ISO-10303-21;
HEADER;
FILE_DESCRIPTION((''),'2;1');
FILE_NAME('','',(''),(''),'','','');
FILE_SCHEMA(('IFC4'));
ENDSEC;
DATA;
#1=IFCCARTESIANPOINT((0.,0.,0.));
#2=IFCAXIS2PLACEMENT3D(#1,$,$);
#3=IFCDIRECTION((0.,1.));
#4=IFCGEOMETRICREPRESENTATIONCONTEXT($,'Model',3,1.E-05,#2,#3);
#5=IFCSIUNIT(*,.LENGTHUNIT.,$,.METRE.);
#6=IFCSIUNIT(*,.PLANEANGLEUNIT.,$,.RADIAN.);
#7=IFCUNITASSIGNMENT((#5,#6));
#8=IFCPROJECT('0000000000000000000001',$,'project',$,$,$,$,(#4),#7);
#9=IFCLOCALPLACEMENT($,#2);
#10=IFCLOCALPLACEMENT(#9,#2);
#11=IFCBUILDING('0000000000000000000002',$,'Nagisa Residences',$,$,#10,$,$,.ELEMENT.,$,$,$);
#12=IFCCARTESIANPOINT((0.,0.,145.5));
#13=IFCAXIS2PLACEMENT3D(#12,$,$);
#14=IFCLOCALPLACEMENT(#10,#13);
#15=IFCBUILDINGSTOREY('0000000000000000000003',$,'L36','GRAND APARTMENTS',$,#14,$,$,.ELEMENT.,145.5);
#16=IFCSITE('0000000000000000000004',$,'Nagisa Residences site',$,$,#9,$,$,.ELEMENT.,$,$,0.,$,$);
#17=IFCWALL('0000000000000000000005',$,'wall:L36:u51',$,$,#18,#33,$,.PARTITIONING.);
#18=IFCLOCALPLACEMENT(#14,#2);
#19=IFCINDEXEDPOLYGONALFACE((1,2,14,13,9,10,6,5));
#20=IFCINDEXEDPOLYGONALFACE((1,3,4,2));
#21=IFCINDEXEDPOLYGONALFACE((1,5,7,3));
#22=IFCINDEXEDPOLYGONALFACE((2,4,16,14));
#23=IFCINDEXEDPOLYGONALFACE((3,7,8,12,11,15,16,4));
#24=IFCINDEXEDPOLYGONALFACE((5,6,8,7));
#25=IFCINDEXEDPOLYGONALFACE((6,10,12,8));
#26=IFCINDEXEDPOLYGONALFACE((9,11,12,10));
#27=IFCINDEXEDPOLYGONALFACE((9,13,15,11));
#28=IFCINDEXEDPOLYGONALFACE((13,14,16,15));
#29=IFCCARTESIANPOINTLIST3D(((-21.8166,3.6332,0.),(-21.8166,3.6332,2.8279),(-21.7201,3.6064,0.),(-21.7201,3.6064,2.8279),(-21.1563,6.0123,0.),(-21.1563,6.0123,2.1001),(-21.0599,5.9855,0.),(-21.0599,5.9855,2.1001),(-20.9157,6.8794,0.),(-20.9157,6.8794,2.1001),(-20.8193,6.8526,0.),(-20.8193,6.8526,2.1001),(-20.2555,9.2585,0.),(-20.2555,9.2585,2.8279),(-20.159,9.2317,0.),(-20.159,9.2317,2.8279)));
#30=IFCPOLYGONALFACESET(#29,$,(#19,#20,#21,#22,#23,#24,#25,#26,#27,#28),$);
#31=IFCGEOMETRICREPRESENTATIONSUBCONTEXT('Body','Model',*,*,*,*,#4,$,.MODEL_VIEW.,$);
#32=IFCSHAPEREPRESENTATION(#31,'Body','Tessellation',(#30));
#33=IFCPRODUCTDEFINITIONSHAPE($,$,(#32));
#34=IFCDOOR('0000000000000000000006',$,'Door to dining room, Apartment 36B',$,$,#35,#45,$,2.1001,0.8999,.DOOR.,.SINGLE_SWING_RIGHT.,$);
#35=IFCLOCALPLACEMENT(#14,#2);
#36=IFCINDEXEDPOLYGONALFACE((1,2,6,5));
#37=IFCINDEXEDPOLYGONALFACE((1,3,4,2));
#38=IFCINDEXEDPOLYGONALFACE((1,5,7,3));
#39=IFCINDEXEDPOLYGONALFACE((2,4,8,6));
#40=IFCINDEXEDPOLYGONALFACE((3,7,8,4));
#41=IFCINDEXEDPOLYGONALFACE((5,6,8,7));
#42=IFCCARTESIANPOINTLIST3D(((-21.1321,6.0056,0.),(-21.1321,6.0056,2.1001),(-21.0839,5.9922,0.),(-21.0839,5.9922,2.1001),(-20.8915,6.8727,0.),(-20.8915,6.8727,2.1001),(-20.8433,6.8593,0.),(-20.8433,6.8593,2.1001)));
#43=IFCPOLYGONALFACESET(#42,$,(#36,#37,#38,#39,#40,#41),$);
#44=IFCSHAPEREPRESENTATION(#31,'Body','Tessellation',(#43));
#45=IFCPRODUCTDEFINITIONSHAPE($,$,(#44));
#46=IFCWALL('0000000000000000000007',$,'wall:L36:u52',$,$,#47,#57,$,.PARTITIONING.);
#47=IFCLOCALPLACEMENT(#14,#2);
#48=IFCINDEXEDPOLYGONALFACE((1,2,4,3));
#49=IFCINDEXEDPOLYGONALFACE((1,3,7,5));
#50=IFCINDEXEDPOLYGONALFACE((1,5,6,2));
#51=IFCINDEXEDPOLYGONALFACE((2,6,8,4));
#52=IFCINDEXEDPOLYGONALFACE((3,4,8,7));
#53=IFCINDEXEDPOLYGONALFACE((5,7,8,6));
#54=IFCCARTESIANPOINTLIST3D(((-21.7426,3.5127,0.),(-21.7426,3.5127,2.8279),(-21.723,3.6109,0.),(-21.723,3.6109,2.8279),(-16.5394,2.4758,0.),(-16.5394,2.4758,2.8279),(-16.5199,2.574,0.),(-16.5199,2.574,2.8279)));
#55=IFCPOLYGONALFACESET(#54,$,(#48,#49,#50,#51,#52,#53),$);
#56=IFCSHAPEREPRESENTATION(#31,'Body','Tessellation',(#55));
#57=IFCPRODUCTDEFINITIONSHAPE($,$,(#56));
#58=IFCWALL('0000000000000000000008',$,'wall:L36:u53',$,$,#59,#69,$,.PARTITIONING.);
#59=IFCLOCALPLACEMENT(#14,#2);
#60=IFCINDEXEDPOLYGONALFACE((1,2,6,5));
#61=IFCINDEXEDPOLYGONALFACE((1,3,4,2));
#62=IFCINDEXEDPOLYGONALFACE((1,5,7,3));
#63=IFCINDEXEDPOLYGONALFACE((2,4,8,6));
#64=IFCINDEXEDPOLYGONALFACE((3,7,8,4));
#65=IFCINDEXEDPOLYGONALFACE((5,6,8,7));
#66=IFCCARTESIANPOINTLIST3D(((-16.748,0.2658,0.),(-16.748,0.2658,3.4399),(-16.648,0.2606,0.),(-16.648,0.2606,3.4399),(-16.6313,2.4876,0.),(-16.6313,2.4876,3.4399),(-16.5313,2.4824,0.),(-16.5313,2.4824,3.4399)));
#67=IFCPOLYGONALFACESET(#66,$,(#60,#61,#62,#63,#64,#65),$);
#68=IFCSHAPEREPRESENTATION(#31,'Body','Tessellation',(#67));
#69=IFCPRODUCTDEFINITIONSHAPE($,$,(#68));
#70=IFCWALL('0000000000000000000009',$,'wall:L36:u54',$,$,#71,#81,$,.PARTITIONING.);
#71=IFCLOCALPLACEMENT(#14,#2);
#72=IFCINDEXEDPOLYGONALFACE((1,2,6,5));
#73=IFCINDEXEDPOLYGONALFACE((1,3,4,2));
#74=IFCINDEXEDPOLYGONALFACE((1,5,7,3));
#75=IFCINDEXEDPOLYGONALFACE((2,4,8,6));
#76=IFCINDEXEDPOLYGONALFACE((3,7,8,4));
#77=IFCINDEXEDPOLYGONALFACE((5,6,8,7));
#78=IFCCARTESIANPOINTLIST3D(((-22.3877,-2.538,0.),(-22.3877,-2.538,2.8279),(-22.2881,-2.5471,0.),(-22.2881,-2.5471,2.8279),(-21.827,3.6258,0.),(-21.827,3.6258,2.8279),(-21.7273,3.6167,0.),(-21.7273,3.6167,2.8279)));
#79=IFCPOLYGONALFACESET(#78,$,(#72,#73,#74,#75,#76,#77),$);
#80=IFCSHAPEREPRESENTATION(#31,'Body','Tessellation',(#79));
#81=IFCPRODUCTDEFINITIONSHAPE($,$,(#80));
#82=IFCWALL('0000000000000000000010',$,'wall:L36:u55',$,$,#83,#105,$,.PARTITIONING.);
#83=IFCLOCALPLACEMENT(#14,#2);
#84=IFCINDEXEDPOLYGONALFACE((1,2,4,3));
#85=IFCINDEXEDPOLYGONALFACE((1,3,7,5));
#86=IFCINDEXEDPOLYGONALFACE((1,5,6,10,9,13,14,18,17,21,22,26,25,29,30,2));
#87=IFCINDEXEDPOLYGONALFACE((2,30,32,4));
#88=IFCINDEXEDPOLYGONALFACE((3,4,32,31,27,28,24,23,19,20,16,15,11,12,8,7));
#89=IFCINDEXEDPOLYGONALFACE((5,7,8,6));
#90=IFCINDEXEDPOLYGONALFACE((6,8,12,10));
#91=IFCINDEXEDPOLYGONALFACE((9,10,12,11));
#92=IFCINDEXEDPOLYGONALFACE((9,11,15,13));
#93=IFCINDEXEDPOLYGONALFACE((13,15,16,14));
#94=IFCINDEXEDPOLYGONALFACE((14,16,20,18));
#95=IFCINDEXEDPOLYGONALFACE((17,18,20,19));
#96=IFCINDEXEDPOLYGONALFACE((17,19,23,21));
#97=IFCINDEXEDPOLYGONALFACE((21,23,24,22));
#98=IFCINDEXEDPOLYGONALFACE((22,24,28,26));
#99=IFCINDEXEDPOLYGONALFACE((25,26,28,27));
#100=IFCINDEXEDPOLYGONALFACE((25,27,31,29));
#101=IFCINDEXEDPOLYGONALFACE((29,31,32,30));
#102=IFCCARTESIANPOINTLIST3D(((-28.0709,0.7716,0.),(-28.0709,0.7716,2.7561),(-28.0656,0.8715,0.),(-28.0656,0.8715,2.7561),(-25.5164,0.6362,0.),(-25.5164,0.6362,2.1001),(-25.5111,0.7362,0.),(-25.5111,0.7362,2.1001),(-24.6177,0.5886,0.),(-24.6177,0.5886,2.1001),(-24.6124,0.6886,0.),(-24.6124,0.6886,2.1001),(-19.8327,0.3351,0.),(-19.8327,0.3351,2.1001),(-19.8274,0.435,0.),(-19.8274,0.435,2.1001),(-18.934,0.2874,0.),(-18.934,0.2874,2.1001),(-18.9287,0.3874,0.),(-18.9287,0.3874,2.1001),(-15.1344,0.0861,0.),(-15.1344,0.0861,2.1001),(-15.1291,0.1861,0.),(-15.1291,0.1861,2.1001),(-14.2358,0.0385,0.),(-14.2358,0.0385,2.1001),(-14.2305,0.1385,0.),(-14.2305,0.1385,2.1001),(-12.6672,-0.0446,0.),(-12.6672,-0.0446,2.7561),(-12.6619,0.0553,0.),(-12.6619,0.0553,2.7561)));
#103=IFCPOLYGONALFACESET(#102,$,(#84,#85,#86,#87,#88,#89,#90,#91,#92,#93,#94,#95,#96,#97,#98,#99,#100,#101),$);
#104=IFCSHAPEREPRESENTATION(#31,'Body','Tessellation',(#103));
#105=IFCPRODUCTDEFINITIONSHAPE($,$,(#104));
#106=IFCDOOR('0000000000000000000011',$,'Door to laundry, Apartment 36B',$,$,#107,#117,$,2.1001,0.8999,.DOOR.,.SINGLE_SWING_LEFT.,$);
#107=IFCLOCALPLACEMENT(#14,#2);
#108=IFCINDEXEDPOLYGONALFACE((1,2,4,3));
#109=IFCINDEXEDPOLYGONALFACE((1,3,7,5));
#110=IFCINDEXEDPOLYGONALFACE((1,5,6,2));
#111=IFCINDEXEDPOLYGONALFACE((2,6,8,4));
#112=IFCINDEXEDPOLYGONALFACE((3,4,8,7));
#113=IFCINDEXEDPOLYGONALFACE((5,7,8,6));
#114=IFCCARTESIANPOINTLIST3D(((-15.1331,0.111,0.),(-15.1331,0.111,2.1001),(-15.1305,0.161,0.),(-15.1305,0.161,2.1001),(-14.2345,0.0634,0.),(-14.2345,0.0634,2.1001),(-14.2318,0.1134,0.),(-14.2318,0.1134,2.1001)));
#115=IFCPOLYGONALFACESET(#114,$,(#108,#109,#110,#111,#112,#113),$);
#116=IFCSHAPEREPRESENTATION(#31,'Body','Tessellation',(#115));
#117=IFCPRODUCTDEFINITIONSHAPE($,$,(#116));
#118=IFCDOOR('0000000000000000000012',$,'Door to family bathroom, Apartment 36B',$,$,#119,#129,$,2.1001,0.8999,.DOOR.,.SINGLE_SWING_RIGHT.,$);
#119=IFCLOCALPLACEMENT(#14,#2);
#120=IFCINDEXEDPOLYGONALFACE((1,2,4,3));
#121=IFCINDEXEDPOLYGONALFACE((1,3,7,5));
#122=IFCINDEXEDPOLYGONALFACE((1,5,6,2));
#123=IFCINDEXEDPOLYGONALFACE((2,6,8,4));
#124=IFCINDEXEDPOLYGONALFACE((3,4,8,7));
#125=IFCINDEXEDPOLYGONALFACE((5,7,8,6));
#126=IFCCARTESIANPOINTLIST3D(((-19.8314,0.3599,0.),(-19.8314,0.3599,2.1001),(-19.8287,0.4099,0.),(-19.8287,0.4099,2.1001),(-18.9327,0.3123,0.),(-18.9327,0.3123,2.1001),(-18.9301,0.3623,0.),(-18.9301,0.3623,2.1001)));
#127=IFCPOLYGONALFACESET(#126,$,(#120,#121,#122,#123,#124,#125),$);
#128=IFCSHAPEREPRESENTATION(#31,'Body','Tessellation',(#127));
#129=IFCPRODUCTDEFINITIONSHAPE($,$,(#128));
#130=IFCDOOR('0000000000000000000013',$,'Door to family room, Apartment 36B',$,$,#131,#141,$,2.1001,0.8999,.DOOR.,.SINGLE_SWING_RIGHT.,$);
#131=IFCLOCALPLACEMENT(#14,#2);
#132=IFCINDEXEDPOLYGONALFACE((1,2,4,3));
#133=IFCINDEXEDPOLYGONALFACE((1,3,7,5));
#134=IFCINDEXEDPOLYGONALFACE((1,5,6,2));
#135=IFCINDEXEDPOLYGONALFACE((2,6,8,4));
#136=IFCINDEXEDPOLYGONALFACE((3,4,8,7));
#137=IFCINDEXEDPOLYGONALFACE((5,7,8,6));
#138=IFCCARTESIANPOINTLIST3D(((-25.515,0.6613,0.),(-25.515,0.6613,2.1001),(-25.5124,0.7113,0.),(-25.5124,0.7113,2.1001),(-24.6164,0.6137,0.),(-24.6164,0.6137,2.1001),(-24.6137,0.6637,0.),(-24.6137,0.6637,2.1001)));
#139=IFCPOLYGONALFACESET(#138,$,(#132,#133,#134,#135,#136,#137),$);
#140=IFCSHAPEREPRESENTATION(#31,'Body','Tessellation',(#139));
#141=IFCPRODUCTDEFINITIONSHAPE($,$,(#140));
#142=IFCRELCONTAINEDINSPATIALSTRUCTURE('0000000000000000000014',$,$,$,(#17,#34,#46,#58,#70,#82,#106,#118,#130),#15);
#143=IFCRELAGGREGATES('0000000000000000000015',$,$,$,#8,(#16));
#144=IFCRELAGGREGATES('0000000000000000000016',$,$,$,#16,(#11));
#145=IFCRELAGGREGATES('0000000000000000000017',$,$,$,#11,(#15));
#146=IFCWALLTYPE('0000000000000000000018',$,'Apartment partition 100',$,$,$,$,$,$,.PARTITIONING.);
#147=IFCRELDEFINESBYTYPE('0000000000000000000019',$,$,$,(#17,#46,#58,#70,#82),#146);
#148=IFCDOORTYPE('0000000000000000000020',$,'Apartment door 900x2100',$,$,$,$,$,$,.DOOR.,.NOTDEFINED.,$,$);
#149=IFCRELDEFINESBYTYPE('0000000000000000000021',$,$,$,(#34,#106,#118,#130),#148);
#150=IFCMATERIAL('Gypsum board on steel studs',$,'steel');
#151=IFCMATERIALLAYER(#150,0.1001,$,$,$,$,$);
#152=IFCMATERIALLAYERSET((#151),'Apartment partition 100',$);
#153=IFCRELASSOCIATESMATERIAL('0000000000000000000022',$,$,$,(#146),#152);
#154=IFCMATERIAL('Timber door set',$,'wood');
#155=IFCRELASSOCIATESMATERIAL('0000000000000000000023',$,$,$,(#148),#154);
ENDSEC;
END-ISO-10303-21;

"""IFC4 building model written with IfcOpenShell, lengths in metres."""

from ifc_helpers import new_model, si_unit, direction, frame, frame_2d, origin, place, context, subcontext, project, spatial, rectangle, extrude, material, layer, layer_set, type_object, element, fill, save


model = new_model("IFC4")

# Units and contexts
model_context = context("Model", 3, precision=1e-05, world=origin(), true_north=direction((0.0, 1.0)))
body_context = subcontext(model_context, "Body", "Model", "MODEL_VIEW")
ifc_project = project(units=[si_unit("LENGTHUNIT", "METRE"), si_unit("PLANEANGLEUNIT", "RADIAN")], contexts=[model_context])

# Site, building, storey
site_placement = place(None, origin())
site = spatial("IfcSite", under=ifc_project, at=site_placement, Name="Nagisa Residences site", CompositionType="ELEMENT", RefElevation=0.0)
building_placement = place(site_placement, origin())
building = spatial("IfcBuilding", under=site, at=building_placement, Name="Nagisa Residences", CompositionType="ELEMENT")
storey_placement = place(building_placement, frame((0.0, 0.0, 145.5)))
storey = spatial("IfcBuildingStorey", under=building, at=storey_placement, Name="L36", Description="GRAND APARTMENTS", CompositionType="ELEMENT", Elevation=145.5)

# Shared definitions
ifc_material_1 = material(Name="Gypsum board on steel studs", Category="steel")
ifc_layer_1 = layer(ifc_material_1, 0.1001)
ifc_layer_set_1 = layer_set([ifc_layer_1], Name="Apartment partition 100")
wall_type_1 = type_object("IfcWallType", Name="Apartment partition 100", PredefinedType="PARTITIONING", material=ifc_layer_set_1)
ifc_material_2 = material(Name="Timber door set", Category="wood")
door_type_1 = type_object("IfcDoorType", Name="Apartment door 900x2100", OperationType="NOTDEFINED", PredefinedType="DOOR", material=ifc_material_2)

# Wall, opening, door
wall_1_placement = place(storey_placement, frame((-20.2073, 9.2451, 0.0), z_axis=(0.0, 0.0, 1.0), x_axis=(-0.2674, -0.963586, 0.0)))
wall_1 = element("IfcWall", 1, at=wall_1_placement, inside=storey, type_object=wall_type_1, Name="wall:L36:u51", PredefinedType="PARTITIONING", context=body_context, shape_type="SweptSolid", body=[
    extrude(rectangle(XDim=5.8379, YDim=0.1001, at=frame_2d((2.9189, 0.0))), origin(), (0.0, 0.0, 1.0), 2.8279),
])
opening_1_placement = place(wall_1_placement, frame((2.469, 0.0, 0.0)))
opening_1 = element("IfcOpeningElement", 2, at=opening_1_placement, cuts=wall_1, PredefinedType="OPENING", context=body_context, shape_type="SweptSolid", body=[
    extrude(rectangle(XDim=0.8999, YDim=2.1001, at=frame_2d((0.45, 1.05))), frame((0.0, 0.0601, 0.0), z_axis=(0.0, -1.0, 0.0), x_axis=(1.0, 0.0, 0.0)), (0.0, 0.0, 1.0), 0.1201),
])
door_1_placement = place(opening_1_placement, frame((0.8999, 0.0, 0.0), x_axis=(-1.0, 0.0, 0.0)))
door_1 = element("IfcDoor", 3, at=door_1_placement, inside=storey, type_object=door_type_1, Name="Door to dining room, Apartment 36B", OperationType="SINGLE_SWING_RIGHT", OverallHeight=2.1001, OverallWidth=0.8999, PredefinedType="DOOR", context=body_context, shape_type="SweptSolid", body=[
    extrude(rectangle(XDim=0.8999, YDim=2.1001, at=frame_2d((0.45, 1.05))), frame((0.0, 0.0249, 0.0), z_axis=(0.0, -1.0, 0.0), x_axis=(1.0, 0.0, 0.0)), (0.0, 0.0, 1.0), 0.05),
])
fill(opening_1, door_1)

# Walls
wall_2_placement = place(storey_placement, frame((-16.5295, 2.5249, 0.0), z_axis=(0.0, 0.0, 1.0), x_axis=(-0.980717, 0.195435, 0.0)))
element("IfcWall", 4, at=wall_2_placement, inside=storey, type_object=wall_type_1, Name="wall:L36:u52", PredefinedType="PARTITIONING", context=body_context, shape_type="SweptSolid", body=[
    extrude(rectangle(XDim=5.3054, YDim=0.1001, at=frame_2d((2.6528, 0.0))), origin(), (0.0, 0.0, 1.0), 2.8279),
])
wall_3_placement = place(storey_placement, frame((-16.5813, 2.4849, 0.0), z_axis=(0.0, 0.0, 1.0), x_axis=(-0.052455, -0.998623, 0.0)))
element("IfcWall", 5, at=wall_3_placement, inside=storey, type_object=wall_type_1, Name="wall:L36:u53", PredefinedType="PARTITIONING", context=body_context, shape_type="SweptSolid", body=[
    extrude(rectangle(XDim=2.2249, YDim=0.1001, at=frame_2d((1.1123, 0.0))), origin(), (0.0, 0.0, 1.0), 3.4399),
])
wall_4_placement = place(storey_placement, frame((-21.7771, 3.6213, 0.0), z_axis=(0.0, 0.0, 1.0), x_axis=(-0.090607, -0.995887, 0.0)))
element("IfcWall", 6, at=wall_4_placement, inside=storey, type_object=wall_type_1, Name="wall:L36:u54", PredefinedType="PARTITIONING", context=body_context, shape_type="SweptSolid", body=[
    extrude(rectangle(XDim=6.1892, YDim=0.1001, at=frame_2d((3.0947, 0.0))), origin(), (0.0, 0.0, 1.0), 2.8279),
])

# Wall, openings, doors
wall_5_placement = place(storey_placement, frame((-12.6646, 0.0054, 0.0), z_axis=(0.0, 0.0, 1.0), x_axis=(-0.998599, 0.052911, 0.0)))
wall_5 = element("IfcWall", 7, at=wall_5_placement, inside=storey, type_object=wall_type_1, Name="wall:L36:u55", PredefinedType="PARTITIONING", context=body_context, shape_type="SweptSolid", body=[
    extrude(rectangle(XDim=15.4253, YDim=0.1001, at=frame_2d((7.7126, 0.0))), origin(), (0.0, 0.0, 1.0), 2.7561),
])
opening_2_placement = place(wall_5_placement, frame((1.5708, 0.0, 0.0)))
opening_2 = element("IfcOpeningElement", 8, at=opening_2_placement, cuts=wall_5, PredefinedType="OPENING", context=body_context, shape_type="SweptSolid", body=[
    extrude(rectangle(XDim=0.8999, YDim=2.1001, at=frame_2d((0.45, 1.05))), frame((0.0, 0.0601, 0.0), z_axis=(0.0, -1.0, 0.0), x_axis=(1.0, 0.0, 0.0)), (0.0, 0.0, 1.0), 0.1201),
])
opening_3_placement = place(wall_5_placement, frame((6.2756, 0.0, 0.0)))
opening_3 = element("IfcOpeningElement", 9, at=opening_3_placement, cuts=wall_5, PredefinedType="OPENING", context=body_context, shape_type="SweptSolid", body=[
    extrude(rectangle(XDim=0.8999, YDim=2.1001, at=frame_2d((0.45, 1.05))), frame((0.0, 0.0601, 0.0), z_axis=(0.0, -1.0, 0.0), x_axis=(1.0, 0.0, 0.0)), (0.0, 0.0, 1.0), 0.1201),
])
opening_4_placement = place(wall_5_placement, frame((11.9673, 0.0, 0.0)))
opening_4 = element("IfcOpeningElement", 10, at=opening_4_placement, cuts=wall_5, PredefinedType="OPENING", context=body_context, shape_type="SweptSolid", body=[
    extrude(rectangle(XDim=0.8999, YDim=2.1001, at=frame_2d((0.45, 1.05))), frame((0.0, 0.0601, 0.0), z_axis=(0.0, -1.0, 0.0), x_axis=(1.0, 0.0, 0.0)), (0.0, 0.0, 1.0), 0.1201),
])
door_2_placement = place(opening_2_placement, frame((0.8999, 0.0, 0.0), x_axis=(-1.0, 0.0, 0.0)))
door_2 = element("IfcDoor", 11, at=door_2_placement, inside=storey, type_object=door_type_1, Name="Door to laundry, Apartment 36B", OperationType="SINGLE_SWING_LEFT", OverallHeight=2.1001, OverallWidth=0.8999, PredefinedType="DOOR", context=body_context, shape_type="SweptSolid", body=[
    extrude(rectangle(XDim=0.8999, YDim=2.1001, at=frame_2d((0.45, 1.05))), frame((0.0, 0.0249, 0.0), z_axis=(0.0, -1.0, 0.0), x_axis=(1.0, 0.0, 0.0)), (0.0, 0.0, 1.0), 0.05),
])
fill(opening_2, door_2)
door_3_placement = place(opening_3_placement, frame((0.8999, 0.0, 0.0), x_axis=(-1.0, 0.0, 0.0)))
door_3 = element("IfcDoor", 12, at=door_3_placement, inside=storey, type_object=door_type_1, Name="Door to family bathroom, Apartment 36B", OperationType="SINGLE_SWING_RIGHT", OverallHeight=2.1001, OverallWidth=0.8999, PredefinedType="DOOR", context=body_context, shape_type="SweptSolid", body=[
    extrude(rectangle(XDim=0.8999, YDim=2.1001, at=frame_2d((0.45, 1.05))), frame((0.0, 0.0249, 0.0), z_axis=(0.0, -1.0, 0.0), x_axis=(1.0, 0.0, 0.0)), (0.0, 0.0, 1.0), 0.05),
])
fill(opening_3, door_3)
door_4_placement = place(opening_4_placement, origin())
door_4 = element("IfcDoor", 13, at=door_4_placement, inside=storey, type_object=door_type_1, Name="Door to family room, Apartment 36B", OperationType="SINGLE_SWING_RIGHT", OverallHeight=2.1001, OverallWidth=0.8999, PredefinedType="DOOR", context=body_context, shape_type="SweptSolid", body=[
    extrude(rectangle(XDim=0.8999, YDim=2.1001, at=frame_2d((0.45, 1.05))), frame((0.0, 0.0249, 0.0), z_axis=(0.0, -1.0, 0.0), x_axis=(1.0, 0.0, 0.0)), (0.0, 0.0, 1.0), 0.05),
])
fill(opening_4, door_4)

save(model, "model.ifc")
